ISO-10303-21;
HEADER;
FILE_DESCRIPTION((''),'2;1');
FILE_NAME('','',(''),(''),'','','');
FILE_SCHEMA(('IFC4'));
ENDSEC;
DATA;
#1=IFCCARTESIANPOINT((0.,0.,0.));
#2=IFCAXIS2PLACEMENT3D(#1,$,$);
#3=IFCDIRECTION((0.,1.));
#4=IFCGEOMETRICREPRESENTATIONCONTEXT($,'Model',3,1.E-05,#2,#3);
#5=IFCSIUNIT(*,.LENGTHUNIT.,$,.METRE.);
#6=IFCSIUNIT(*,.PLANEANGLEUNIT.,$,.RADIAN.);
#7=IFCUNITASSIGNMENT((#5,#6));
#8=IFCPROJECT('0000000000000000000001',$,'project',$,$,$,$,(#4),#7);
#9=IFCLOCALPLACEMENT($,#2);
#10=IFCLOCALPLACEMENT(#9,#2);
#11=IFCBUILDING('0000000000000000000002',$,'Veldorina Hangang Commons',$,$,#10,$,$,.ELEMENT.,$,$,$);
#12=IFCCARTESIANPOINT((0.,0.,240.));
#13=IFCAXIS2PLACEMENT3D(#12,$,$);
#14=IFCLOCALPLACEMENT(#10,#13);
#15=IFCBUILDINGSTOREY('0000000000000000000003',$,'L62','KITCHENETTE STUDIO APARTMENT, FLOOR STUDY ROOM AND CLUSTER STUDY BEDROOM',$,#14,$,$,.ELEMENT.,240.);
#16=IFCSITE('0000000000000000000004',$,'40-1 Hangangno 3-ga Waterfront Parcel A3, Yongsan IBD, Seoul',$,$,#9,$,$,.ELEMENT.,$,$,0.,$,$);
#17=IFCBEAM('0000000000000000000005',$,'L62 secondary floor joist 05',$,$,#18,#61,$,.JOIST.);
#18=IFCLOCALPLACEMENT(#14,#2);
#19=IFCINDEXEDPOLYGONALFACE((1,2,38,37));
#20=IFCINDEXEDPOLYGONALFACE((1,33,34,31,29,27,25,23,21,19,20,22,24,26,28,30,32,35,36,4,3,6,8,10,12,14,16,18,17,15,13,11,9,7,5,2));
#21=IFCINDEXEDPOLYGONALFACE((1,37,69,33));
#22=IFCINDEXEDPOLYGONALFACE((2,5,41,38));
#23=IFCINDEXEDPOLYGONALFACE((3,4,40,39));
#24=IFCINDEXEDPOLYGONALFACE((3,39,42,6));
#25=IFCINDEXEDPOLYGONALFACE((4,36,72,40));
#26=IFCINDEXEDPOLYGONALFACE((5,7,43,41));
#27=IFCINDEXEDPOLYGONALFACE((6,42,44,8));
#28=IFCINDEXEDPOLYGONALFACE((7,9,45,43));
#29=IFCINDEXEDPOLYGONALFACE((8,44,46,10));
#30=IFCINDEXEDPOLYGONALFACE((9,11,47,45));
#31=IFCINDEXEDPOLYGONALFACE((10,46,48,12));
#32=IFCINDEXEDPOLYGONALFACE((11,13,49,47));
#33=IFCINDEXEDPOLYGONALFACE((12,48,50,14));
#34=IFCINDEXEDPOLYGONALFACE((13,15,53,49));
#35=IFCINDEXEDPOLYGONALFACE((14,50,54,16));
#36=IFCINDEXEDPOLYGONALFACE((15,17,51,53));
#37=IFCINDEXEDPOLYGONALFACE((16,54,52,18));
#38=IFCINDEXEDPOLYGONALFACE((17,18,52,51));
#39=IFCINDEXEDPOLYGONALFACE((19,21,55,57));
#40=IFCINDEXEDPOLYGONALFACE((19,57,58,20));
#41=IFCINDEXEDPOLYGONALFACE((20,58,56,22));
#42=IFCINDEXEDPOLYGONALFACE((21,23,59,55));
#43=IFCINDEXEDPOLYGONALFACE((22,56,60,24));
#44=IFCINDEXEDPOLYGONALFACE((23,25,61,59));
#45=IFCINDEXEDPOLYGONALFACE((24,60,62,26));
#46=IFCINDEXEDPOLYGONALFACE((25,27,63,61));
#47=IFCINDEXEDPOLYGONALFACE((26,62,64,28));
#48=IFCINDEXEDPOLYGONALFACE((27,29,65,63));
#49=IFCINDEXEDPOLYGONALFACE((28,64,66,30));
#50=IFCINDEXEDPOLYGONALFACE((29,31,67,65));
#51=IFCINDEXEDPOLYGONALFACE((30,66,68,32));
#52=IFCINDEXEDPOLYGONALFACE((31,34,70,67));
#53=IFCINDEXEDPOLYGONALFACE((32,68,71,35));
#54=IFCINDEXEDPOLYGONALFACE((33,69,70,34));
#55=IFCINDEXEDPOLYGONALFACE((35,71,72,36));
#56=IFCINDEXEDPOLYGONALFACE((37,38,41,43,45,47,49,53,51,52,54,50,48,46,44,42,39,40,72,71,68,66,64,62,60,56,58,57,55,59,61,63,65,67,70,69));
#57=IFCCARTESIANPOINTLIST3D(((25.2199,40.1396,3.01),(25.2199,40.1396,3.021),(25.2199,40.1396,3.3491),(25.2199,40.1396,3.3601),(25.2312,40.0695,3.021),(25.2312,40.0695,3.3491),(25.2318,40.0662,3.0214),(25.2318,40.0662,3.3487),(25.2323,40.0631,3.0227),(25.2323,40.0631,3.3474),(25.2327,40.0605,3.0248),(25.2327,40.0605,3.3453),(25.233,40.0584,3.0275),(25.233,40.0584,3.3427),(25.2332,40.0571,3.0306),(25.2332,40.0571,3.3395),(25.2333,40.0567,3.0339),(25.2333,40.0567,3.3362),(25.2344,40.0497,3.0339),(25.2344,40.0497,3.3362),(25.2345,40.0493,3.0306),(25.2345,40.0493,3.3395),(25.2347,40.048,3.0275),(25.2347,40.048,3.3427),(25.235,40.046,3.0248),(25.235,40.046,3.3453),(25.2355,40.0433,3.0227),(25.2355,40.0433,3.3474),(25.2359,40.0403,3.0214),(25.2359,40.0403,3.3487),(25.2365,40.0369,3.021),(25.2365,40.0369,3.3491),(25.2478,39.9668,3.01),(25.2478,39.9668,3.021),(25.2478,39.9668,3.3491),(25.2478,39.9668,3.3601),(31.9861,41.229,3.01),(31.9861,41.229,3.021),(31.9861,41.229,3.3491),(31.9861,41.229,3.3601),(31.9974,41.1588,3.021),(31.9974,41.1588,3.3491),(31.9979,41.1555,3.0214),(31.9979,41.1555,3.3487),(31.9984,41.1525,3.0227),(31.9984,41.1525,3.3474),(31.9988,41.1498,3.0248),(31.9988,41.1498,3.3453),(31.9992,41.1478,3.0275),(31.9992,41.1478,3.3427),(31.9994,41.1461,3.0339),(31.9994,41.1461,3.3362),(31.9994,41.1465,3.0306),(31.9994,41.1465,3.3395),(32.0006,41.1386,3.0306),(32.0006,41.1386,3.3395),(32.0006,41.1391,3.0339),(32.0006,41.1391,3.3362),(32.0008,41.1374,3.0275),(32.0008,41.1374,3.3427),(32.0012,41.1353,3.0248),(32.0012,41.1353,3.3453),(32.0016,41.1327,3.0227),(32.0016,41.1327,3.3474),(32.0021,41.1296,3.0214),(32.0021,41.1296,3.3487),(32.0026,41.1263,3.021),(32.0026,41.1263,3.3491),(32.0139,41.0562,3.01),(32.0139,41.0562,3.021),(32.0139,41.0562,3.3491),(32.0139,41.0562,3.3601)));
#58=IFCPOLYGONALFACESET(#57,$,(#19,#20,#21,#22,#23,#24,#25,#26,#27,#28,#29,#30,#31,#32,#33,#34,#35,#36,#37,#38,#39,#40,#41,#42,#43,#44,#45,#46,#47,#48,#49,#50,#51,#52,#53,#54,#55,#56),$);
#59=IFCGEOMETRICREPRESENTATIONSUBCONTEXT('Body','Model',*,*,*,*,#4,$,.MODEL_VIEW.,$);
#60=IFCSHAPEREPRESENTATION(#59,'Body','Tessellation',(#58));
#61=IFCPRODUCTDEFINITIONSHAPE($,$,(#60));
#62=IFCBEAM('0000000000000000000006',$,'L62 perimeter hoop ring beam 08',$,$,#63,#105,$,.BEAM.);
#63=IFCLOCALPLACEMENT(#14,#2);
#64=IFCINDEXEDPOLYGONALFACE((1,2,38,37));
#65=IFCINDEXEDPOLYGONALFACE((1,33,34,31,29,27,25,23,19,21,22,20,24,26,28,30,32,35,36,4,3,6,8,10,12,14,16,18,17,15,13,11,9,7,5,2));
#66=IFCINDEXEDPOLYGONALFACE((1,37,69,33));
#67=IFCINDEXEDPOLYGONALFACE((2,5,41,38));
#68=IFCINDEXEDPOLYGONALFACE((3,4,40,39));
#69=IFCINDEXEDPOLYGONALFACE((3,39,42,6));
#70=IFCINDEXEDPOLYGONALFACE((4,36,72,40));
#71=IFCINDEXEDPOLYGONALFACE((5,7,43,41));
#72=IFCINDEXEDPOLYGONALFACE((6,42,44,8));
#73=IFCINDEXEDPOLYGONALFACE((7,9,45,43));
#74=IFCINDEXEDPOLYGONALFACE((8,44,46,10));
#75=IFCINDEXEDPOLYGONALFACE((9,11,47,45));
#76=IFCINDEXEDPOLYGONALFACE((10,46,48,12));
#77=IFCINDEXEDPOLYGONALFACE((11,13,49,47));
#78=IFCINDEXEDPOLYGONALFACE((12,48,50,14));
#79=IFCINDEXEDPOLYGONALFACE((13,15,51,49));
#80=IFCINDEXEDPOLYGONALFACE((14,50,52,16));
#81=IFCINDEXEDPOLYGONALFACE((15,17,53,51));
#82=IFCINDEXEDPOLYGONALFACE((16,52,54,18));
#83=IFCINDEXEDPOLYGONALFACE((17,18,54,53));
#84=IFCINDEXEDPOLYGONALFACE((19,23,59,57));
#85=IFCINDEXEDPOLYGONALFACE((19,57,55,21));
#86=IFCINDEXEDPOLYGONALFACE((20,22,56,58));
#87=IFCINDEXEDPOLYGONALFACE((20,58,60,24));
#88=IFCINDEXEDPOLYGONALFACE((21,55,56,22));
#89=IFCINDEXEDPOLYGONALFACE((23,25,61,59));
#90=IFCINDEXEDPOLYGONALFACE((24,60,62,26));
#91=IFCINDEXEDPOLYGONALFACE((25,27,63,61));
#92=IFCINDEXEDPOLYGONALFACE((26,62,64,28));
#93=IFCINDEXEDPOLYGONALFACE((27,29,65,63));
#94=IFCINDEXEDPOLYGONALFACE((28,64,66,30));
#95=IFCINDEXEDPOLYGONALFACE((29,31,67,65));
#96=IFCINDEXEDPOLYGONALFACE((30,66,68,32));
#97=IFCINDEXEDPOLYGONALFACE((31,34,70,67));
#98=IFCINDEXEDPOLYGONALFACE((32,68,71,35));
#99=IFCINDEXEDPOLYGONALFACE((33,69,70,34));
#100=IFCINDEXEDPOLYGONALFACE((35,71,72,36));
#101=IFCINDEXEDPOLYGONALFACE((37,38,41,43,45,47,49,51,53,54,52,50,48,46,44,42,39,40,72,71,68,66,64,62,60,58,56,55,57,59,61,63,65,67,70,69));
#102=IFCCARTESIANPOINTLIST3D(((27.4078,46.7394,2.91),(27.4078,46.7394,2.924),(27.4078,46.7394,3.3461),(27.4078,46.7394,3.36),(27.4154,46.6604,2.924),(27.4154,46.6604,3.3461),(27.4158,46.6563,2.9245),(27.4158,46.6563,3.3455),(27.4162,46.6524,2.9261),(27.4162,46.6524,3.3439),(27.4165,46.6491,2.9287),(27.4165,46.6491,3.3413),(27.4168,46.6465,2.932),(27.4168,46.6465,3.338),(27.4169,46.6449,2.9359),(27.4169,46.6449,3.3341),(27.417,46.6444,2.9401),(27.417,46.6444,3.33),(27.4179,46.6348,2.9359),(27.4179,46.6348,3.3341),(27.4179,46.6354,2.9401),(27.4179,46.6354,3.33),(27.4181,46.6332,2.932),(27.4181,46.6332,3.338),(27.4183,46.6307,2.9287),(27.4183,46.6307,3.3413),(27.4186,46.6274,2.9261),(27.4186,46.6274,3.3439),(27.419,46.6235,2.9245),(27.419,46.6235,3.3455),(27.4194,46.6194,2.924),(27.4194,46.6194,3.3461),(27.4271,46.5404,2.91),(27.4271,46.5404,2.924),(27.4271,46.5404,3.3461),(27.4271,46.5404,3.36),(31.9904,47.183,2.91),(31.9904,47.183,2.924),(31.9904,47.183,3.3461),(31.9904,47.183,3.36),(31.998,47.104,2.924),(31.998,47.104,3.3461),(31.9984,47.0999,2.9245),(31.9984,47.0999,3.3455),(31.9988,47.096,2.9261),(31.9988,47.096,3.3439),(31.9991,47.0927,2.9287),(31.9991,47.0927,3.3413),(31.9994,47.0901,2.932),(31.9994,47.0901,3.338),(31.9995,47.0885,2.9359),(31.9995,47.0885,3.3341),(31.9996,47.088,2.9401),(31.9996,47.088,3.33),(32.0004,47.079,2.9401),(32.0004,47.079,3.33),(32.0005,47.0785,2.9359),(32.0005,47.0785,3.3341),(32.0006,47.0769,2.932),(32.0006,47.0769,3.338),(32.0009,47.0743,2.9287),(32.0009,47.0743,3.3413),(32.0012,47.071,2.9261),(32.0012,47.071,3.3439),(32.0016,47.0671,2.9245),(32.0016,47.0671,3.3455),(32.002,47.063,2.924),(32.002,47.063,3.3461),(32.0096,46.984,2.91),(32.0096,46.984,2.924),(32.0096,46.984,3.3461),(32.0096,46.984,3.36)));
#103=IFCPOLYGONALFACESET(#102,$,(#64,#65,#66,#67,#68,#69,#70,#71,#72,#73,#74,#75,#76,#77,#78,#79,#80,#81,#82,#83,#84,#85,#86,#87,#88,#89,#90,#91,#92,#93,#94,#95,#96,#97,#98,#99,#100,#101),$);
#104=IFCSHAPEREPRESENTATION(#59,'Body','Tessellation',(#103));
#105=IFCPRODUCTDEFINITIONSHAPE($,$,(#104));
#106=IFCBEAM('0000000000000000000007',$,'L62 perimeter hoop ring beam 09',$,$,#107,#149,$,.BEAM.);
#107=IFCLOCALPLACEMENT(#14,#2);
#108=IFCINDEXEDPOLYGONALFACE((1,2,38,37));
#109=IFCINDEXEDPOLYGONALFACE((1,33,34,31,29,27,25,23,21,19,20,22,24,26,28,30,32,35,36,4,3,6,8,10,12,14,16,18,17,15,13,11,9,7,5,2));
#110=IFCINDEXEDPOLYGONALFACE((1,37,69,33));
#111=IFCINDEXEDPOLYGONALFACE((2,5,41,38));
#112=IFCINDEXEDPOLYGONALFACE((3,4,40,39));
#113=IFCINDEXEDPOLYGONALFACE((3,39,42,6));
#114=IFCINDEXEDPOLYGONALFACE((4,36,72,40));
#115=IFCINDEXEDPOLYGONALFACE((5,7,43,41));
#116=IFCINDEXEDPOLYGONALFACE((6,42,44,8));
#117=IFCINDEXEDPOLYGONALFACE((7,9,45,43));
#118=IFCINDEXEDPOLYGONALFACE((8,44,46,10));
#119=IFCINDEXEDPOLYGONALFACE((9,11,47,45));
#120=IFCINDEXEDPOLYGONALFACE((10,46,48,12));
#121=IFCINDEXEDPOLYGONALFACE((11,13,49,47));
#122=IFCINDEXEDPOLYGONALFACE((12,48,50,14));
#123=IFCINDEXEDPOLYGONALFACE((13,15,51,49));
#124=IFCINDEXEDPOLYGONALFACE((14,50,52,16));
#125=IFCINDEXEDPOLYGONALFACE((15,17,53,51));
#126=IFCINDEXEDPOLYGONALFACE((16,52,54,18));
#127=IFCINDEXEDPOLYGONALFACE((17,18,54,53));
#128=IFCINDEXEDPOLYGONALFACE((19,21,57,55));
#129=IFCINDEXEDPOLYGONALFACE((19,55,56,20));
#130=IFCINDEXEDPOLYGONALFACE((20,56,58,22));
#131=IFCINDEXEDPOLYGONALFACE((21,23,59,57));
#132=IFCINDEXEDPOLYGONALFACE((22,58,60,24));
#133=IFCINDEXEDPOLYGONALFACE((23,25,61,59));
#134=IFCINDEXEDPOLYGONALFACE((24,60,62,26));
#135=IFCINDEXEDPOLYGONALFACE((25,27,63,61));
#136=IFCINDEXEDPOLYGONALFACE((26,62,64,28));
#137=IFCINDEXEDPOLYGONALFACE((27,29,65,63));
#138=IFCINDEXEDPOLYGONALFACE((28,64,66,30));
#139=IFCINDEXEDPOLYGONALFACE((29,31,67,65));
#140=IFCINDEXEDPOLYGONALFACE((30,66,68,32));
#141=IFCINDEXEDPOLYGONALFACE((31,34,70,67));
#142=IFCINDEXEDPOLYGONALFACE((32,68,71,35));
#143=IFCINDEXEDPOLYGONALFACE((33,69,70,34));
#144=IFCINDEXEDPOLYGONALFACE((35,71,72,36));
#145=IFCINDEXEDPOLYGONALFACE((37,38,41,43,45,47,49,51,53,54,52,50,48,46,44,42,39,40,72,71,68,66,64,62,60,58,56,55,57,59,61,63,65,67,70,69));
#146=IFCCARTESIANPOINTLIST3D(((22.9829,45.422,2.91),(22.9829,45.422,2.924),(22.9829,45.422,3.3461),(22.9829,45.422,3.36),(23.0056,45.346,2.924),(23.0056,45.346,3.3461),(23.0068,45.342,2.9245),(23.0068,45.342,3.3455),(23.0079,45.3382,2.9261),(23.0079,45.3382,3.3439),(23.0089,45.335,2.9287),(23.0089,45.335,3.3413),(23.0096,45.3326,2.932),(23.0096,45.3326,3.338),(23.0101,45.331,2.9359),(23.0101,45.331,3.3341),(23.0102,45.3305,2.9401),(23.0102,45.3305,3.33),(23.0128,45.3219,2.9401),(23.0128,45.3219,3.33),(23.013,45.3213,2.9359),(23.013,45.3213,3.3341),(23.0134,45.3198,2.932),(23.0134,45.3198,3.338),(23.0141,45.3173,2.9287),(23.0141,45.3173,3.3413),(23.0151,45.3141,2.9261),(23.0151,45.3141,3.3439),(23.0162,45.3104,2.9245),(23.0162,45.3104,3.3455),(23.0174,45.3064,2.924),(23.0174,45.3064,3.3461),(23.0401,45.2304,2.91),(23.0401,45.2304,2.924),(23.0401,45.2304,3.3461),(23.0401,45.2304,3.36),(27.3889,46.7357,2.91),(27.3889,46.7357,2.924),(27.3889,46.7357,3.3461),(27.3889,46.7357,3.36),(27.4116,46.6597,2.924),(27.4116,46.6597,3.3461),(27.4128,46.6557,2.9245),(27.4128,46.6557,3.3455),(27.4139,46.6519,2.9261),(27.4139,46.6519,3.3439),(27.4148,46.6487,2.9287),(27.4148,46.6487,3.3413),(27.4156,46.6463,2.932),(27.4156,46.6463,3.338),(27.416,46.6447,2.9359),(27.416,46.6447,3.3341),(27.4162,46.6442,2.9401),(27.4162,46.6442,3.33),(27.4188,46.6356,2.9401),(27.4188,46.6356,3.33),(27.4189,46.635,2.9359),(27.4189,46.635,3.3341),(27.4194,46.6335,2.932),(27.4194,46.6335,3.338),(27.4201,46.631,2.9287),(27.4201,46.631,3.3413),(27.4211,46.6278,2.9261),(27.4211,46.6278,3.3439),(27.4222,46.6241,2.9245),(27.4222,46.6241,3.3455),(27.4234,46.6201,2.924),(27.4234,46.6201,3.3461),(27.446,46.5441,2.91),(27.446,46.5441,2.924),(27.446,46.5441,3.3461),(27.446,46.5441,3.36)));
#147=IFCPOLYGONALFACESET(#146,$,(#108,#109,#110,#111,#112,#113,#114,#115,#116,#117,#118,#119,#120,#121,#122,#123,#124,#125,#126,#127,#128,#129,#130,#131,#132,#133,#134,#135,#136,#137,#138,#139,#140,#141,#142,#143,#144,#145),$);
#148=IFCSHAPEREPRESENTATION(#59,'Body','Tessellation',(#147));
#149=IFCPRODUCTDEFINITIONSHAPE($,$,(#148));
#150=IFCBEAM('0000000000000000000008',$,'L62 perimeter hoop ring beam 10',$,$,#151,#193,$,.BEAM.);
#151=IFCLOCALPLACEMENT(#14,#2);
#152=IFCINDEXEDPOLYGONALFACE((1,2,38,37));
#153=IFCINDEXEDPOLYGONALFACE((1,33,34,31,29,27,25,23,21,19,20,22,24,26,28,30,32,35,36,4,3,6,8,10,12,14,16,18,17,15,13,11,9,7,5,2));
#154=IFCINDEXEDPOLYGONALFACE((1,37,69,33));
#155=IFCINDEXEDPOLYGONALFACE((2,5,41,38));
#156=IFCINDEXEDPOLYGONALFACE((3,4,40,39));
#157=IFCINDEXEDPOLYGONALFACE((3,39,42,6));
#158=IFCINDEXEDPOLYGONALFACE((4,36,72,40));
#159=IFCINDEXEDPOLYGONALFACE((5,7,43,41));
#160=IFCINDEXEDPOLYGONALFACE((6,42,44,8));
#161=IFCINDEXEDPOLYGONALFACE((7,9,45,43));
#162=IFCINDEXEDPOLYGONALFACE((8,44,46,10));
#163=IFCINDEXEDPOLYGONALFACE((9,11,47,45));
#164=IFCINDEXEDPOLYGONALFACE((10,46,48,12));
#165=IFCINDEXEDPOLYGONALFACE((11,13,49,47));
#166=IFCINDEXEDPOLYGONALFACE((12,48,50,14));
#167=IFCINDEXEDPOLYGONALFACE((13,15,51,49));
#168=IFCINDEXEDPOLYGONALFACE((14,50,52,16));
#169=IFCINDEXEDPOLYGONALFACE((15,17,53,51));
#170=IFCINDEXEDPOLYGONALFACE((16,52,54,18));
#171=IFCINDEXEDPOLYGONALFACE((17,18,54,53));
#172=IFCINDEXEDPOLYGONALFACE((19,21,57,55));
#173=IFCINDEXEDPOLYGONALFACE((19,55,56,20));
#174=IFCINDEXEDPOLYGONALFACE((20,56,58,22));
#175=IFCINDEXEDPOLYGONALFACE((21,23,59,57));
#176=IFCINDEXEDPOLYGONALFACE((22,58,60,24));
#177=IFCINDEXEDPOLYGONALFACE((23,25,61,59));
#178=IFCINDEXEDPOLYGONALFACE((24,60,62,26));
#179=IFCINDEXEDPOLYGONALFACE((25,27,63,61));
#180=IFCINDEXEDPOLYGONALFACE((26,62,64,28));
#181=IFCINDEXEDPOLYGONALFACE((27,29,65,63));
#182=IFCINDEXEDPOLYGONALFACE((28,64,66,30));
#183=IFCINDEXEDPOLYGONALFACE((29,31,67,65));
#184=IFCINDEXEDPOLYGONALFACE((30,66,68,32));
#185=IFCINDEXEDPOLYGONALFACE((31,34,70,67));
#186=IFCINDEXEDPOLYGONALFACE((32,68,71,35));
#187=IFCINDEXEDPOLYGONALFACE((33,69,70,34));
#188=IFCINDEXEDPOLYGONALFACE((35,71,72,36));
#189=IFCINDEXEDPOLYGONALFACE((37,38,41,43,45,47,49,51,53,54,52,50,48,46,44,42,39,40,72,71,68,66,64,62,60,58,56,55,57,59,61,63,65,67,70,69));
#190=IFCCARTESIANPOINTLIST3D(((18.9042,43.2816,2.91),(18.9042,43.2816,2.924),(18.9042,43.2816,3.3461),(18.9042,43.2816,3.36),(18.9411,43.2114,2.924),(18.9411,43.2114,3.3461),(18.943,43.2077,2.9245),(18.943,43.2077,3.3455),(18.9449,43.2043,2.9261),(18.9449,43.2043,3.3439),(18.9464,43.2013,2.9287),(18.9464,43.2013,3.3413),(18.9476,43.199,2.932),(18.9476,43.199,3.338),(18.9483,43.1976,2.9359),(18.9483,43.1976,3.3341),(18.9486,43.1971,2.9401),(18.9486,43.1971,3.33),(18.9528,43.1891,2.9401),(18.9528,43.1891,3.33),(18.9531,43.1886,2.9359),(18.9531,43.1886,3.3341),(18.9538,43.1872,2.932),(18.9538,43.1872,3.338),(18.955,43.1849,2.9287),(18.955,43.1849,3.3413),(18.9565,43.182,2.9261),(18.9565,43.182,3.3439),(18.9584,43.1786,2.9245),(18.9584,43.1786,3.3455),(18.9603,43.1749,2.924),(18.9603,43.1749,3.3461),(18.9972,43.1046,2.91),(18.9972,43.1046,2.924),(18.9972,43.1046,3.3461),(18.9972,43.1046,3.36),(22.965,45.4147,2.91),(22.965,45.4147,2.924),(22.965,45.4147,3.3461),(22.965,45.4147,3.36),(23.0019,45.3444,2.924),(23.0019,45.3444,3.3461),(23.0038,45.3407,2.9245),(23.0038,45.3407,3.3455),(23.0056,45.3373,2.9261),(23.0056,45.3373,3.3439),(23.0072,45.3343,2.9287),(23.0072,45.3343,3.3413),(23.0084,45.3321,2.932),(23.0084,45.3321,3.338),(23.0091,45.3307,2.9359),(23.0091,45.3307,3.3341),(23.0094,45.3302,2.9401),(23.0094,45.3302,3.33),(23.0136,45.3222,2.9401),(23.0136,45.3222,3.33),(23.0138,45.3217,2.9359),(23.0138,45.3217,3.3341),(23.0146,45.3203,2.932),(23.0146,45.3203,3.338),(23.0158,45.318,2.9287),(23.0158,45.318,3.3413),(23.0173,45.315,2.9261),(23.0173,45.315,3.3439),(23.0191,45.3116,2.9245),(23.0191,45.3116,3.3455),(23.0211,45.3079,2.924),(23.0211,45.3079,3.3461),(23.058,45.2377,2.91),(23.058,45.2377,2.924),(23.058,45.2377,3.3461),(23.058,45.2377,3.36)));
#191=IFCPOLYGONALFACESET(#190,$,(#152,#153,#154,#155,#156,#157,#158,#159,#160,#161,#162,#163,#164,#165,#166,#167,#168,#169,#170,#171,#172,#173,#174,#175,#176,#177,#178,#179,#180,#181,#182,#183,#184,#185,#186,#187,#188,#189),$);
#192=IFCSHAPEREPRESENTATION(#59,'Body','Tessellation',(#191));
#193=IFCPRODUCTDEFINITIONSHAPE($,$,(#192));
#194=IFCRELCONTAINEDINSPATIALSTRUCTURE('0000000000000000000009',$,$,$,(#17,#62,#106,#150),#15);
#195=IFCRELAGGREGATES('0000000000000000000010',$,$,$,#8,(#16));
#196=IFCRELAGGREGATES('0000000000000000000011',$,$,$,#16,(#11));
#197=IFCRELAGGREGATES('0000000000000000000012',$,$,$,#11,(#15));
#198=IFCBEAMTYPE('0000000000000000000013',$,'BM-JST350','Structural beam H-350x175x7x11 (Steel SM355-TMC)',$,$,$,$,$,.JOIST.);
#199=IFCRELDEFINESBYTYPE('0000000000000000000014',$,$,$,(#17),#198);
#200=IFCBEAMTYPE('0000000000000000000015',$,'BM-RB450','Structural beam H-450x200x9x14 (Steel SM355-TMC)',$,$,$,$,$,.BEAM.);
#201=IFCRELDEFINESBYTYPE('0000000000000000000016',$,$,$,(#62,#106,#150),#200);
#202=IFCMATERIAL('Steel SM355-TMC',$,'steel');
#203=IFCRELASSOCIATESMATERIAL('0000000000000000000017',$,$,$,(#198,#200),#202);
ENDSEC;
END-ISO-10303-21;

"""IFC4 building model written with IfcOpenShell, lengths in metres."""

from ifc_helpers import new_model, si_unit, direction, frame, origin, origin_2d, place, context, subcontext, project, spatial, i_section, extrude, material, material_profile, profile_set, type_object, element, save


model = new_model("IFC4")

# Units and contexts
model_context = context("Model", 3, precision=1e-05, world=origin(), true_north=direction((0.0, 1.0)))
body_context = subcontext(model_context, "Body", "Model", "MODEL_VIEW")
ifc_project = project(units=[si_unit("LENGTHUNIT", "METRE"), si_unit("PLANEANGLEUNIT", "RADIAN")], contexts=[model_context])

# Site, building, storey
site_placement = place(None, origin())
site = spatial("IfcSite", under=ifc_project, at=site_placement, Name="40-1 Hangangno 3-ga Waterfront Parcel A3, Yongsan IBD, Seoul", CompositionType="ELEMENT", RefElevation=0.0)
building_placement = place(site_placement, origin())
building = spatial("IfcBuilding", under=site, at=building_placement, Name="Veldorina Hangang Commons", CompositionType="ELEMENT")
storey_placement = place(building_placement, frame((0.0, 0.0, 240.0)))
storey = spatial("IfcBuildingStorey", under=building, at=storey_placement, Name="L62", Description="KITCHENETTE STUDIO APARTMENT, FLOOR STUDY ROOM AND CLUSTER STUDY BEDROOM", CompositionType="ELEMENT", Elevation=240.0)

# Beams
ifc_material_1 = material(Name="Steel SM355-TMC", Category="steel")
ifc_material_profile_1 = material_profile(ifc_material_1, i_section(OverallWidth=0.175, OverallDepth=0.3501, WebThickness=0.0071, FlangeThickness=0.011, FilletRadius=0.0129, at=origin_2d()), Name="H-350x175x7x11")
ifc_profile_set_1 = profile_set([ifc_material_profile_1], Name="Steel SM355-TMC")
beam_type_1 = type_object("IfcBeamType", Name="BM-JST350", Description="Structural beam H-350x175x7x11 (Steel SM355-TMC)", PredefinedType="JOIST", material=ifc_profile_set_1)
beam_1_placement = place(storey_placement, frame((32.0, 41.1426, 3.1851), z_axis=(-0.987286, -0.158955, 0.0), x_axis=(0.158955, -0.987286, 0.0)))
element("IfcBeam", 1, at=beam_1_placement, inside=storey, type_object=beam_type_1, Name="L62 secondary floor joist 05", PredefinedType="JOIST", context=body_context, shape_type="SweptSolid", body=[
    extrude(i_section(OverallWidth=0.175, OverallDepth=0.3501, WebThickness=0.0071, FlangeThickness=0.011, FilletRadius=0.0129, at=origin_2d()), origin(), (0.0, 0.0, 1.0), 6.8533),
])
ifc_material_profile_2 = material_profile(ifc_material_1, i_section(OverallWidth=0.2, OverallDepth=0.45, WebThickness=0.009, FlangeThickness=0.0139, FilletRadius=0.0161, at=origin_2d()), Name="H-450x200x9x14")
ifc_profile_set_2 = profile_set([ifc_material_profile_2], Name="Steel SM355-TMC")
beam_type_2 = type_object("IfcBeamType", Name="BM-RB450", Description="Structural beam H-450x200x9x14 (Steel SM355-TMC)", PredefinedType="BEAM", material=ifc_profile_set_2)
beam_2_placement = place(storey_placement, frame((32.0, 47.0835, 3.135), z_axis=(-0.995347, -0.096353, 0.0), x_axis=(0.096353, -0.995347, 0.0)))
element("IfcBeam", 2, at=beam_2_placement, inside=storey, type_object=beam_type_2, Name="L62 perimeter hoop ring beam 08", PredefinedType="BEAM", context=body_context, shape_type="SweptSolid", body=[
    extrude(i_section(OverallWidth=0.2, OverallDepth=0.45, WebThickness=0.009, FlangeThickness=0.0139, FilletRadius=0.0161, at=origin_2d()), origin(), (0.0, 0.0, 1.0), 4.604),
])
beam_3_placement = place(storey_placement, frame((27.4175, 46.6399, 3.135), z_axis=(-0.958309, -0.285735, 0.0), x_axis=(0.285735, -0.958309, 0.0)))
element("IfcBeam", 3, at=beam_3_placement, inside=storey, type_object=beam_type_2, Name="L62 perimeter hoop ring beam 09", PredefinedType="BEAM", context=body_context, shape_type="SweptSolid", body=[
    extrude(i_section(OverallWidth=0.2, OverallDepth=0.45, WebThickness=0.009, FlangeThickness=0.0139, FilletRadius=0.0161, at=origin_2d()), origin(), (0.0, 0.0, 1.0), 4.5977),
])
beam_4_placement = place(storey_placement, frame((23.0115, 45.3262, 3.135), z_axis=(-0.885295, -0.465029, 0.0), x_axis=(0.465029, -0.885295, 0.0)))
element("IfcBeam", 4, at=beam_4_placement, inside=storey, type_object=beam_type_2, Name="L62 perimeter hoop ring beam 10", PredefinedType="BEAM", context=body_context, shape_type="SweptSolid", body=[
    extrude(i_section(OverallWidth=0.2, OverallDepth=0.45, WebThickness=0.009, FlangeThickness=0.0139, FilletRadius=0.0161, at=origin_2d()), origin(), (0.0, 0.0, 1.0), 4.5869),
])

save(model, "model.ifc")
